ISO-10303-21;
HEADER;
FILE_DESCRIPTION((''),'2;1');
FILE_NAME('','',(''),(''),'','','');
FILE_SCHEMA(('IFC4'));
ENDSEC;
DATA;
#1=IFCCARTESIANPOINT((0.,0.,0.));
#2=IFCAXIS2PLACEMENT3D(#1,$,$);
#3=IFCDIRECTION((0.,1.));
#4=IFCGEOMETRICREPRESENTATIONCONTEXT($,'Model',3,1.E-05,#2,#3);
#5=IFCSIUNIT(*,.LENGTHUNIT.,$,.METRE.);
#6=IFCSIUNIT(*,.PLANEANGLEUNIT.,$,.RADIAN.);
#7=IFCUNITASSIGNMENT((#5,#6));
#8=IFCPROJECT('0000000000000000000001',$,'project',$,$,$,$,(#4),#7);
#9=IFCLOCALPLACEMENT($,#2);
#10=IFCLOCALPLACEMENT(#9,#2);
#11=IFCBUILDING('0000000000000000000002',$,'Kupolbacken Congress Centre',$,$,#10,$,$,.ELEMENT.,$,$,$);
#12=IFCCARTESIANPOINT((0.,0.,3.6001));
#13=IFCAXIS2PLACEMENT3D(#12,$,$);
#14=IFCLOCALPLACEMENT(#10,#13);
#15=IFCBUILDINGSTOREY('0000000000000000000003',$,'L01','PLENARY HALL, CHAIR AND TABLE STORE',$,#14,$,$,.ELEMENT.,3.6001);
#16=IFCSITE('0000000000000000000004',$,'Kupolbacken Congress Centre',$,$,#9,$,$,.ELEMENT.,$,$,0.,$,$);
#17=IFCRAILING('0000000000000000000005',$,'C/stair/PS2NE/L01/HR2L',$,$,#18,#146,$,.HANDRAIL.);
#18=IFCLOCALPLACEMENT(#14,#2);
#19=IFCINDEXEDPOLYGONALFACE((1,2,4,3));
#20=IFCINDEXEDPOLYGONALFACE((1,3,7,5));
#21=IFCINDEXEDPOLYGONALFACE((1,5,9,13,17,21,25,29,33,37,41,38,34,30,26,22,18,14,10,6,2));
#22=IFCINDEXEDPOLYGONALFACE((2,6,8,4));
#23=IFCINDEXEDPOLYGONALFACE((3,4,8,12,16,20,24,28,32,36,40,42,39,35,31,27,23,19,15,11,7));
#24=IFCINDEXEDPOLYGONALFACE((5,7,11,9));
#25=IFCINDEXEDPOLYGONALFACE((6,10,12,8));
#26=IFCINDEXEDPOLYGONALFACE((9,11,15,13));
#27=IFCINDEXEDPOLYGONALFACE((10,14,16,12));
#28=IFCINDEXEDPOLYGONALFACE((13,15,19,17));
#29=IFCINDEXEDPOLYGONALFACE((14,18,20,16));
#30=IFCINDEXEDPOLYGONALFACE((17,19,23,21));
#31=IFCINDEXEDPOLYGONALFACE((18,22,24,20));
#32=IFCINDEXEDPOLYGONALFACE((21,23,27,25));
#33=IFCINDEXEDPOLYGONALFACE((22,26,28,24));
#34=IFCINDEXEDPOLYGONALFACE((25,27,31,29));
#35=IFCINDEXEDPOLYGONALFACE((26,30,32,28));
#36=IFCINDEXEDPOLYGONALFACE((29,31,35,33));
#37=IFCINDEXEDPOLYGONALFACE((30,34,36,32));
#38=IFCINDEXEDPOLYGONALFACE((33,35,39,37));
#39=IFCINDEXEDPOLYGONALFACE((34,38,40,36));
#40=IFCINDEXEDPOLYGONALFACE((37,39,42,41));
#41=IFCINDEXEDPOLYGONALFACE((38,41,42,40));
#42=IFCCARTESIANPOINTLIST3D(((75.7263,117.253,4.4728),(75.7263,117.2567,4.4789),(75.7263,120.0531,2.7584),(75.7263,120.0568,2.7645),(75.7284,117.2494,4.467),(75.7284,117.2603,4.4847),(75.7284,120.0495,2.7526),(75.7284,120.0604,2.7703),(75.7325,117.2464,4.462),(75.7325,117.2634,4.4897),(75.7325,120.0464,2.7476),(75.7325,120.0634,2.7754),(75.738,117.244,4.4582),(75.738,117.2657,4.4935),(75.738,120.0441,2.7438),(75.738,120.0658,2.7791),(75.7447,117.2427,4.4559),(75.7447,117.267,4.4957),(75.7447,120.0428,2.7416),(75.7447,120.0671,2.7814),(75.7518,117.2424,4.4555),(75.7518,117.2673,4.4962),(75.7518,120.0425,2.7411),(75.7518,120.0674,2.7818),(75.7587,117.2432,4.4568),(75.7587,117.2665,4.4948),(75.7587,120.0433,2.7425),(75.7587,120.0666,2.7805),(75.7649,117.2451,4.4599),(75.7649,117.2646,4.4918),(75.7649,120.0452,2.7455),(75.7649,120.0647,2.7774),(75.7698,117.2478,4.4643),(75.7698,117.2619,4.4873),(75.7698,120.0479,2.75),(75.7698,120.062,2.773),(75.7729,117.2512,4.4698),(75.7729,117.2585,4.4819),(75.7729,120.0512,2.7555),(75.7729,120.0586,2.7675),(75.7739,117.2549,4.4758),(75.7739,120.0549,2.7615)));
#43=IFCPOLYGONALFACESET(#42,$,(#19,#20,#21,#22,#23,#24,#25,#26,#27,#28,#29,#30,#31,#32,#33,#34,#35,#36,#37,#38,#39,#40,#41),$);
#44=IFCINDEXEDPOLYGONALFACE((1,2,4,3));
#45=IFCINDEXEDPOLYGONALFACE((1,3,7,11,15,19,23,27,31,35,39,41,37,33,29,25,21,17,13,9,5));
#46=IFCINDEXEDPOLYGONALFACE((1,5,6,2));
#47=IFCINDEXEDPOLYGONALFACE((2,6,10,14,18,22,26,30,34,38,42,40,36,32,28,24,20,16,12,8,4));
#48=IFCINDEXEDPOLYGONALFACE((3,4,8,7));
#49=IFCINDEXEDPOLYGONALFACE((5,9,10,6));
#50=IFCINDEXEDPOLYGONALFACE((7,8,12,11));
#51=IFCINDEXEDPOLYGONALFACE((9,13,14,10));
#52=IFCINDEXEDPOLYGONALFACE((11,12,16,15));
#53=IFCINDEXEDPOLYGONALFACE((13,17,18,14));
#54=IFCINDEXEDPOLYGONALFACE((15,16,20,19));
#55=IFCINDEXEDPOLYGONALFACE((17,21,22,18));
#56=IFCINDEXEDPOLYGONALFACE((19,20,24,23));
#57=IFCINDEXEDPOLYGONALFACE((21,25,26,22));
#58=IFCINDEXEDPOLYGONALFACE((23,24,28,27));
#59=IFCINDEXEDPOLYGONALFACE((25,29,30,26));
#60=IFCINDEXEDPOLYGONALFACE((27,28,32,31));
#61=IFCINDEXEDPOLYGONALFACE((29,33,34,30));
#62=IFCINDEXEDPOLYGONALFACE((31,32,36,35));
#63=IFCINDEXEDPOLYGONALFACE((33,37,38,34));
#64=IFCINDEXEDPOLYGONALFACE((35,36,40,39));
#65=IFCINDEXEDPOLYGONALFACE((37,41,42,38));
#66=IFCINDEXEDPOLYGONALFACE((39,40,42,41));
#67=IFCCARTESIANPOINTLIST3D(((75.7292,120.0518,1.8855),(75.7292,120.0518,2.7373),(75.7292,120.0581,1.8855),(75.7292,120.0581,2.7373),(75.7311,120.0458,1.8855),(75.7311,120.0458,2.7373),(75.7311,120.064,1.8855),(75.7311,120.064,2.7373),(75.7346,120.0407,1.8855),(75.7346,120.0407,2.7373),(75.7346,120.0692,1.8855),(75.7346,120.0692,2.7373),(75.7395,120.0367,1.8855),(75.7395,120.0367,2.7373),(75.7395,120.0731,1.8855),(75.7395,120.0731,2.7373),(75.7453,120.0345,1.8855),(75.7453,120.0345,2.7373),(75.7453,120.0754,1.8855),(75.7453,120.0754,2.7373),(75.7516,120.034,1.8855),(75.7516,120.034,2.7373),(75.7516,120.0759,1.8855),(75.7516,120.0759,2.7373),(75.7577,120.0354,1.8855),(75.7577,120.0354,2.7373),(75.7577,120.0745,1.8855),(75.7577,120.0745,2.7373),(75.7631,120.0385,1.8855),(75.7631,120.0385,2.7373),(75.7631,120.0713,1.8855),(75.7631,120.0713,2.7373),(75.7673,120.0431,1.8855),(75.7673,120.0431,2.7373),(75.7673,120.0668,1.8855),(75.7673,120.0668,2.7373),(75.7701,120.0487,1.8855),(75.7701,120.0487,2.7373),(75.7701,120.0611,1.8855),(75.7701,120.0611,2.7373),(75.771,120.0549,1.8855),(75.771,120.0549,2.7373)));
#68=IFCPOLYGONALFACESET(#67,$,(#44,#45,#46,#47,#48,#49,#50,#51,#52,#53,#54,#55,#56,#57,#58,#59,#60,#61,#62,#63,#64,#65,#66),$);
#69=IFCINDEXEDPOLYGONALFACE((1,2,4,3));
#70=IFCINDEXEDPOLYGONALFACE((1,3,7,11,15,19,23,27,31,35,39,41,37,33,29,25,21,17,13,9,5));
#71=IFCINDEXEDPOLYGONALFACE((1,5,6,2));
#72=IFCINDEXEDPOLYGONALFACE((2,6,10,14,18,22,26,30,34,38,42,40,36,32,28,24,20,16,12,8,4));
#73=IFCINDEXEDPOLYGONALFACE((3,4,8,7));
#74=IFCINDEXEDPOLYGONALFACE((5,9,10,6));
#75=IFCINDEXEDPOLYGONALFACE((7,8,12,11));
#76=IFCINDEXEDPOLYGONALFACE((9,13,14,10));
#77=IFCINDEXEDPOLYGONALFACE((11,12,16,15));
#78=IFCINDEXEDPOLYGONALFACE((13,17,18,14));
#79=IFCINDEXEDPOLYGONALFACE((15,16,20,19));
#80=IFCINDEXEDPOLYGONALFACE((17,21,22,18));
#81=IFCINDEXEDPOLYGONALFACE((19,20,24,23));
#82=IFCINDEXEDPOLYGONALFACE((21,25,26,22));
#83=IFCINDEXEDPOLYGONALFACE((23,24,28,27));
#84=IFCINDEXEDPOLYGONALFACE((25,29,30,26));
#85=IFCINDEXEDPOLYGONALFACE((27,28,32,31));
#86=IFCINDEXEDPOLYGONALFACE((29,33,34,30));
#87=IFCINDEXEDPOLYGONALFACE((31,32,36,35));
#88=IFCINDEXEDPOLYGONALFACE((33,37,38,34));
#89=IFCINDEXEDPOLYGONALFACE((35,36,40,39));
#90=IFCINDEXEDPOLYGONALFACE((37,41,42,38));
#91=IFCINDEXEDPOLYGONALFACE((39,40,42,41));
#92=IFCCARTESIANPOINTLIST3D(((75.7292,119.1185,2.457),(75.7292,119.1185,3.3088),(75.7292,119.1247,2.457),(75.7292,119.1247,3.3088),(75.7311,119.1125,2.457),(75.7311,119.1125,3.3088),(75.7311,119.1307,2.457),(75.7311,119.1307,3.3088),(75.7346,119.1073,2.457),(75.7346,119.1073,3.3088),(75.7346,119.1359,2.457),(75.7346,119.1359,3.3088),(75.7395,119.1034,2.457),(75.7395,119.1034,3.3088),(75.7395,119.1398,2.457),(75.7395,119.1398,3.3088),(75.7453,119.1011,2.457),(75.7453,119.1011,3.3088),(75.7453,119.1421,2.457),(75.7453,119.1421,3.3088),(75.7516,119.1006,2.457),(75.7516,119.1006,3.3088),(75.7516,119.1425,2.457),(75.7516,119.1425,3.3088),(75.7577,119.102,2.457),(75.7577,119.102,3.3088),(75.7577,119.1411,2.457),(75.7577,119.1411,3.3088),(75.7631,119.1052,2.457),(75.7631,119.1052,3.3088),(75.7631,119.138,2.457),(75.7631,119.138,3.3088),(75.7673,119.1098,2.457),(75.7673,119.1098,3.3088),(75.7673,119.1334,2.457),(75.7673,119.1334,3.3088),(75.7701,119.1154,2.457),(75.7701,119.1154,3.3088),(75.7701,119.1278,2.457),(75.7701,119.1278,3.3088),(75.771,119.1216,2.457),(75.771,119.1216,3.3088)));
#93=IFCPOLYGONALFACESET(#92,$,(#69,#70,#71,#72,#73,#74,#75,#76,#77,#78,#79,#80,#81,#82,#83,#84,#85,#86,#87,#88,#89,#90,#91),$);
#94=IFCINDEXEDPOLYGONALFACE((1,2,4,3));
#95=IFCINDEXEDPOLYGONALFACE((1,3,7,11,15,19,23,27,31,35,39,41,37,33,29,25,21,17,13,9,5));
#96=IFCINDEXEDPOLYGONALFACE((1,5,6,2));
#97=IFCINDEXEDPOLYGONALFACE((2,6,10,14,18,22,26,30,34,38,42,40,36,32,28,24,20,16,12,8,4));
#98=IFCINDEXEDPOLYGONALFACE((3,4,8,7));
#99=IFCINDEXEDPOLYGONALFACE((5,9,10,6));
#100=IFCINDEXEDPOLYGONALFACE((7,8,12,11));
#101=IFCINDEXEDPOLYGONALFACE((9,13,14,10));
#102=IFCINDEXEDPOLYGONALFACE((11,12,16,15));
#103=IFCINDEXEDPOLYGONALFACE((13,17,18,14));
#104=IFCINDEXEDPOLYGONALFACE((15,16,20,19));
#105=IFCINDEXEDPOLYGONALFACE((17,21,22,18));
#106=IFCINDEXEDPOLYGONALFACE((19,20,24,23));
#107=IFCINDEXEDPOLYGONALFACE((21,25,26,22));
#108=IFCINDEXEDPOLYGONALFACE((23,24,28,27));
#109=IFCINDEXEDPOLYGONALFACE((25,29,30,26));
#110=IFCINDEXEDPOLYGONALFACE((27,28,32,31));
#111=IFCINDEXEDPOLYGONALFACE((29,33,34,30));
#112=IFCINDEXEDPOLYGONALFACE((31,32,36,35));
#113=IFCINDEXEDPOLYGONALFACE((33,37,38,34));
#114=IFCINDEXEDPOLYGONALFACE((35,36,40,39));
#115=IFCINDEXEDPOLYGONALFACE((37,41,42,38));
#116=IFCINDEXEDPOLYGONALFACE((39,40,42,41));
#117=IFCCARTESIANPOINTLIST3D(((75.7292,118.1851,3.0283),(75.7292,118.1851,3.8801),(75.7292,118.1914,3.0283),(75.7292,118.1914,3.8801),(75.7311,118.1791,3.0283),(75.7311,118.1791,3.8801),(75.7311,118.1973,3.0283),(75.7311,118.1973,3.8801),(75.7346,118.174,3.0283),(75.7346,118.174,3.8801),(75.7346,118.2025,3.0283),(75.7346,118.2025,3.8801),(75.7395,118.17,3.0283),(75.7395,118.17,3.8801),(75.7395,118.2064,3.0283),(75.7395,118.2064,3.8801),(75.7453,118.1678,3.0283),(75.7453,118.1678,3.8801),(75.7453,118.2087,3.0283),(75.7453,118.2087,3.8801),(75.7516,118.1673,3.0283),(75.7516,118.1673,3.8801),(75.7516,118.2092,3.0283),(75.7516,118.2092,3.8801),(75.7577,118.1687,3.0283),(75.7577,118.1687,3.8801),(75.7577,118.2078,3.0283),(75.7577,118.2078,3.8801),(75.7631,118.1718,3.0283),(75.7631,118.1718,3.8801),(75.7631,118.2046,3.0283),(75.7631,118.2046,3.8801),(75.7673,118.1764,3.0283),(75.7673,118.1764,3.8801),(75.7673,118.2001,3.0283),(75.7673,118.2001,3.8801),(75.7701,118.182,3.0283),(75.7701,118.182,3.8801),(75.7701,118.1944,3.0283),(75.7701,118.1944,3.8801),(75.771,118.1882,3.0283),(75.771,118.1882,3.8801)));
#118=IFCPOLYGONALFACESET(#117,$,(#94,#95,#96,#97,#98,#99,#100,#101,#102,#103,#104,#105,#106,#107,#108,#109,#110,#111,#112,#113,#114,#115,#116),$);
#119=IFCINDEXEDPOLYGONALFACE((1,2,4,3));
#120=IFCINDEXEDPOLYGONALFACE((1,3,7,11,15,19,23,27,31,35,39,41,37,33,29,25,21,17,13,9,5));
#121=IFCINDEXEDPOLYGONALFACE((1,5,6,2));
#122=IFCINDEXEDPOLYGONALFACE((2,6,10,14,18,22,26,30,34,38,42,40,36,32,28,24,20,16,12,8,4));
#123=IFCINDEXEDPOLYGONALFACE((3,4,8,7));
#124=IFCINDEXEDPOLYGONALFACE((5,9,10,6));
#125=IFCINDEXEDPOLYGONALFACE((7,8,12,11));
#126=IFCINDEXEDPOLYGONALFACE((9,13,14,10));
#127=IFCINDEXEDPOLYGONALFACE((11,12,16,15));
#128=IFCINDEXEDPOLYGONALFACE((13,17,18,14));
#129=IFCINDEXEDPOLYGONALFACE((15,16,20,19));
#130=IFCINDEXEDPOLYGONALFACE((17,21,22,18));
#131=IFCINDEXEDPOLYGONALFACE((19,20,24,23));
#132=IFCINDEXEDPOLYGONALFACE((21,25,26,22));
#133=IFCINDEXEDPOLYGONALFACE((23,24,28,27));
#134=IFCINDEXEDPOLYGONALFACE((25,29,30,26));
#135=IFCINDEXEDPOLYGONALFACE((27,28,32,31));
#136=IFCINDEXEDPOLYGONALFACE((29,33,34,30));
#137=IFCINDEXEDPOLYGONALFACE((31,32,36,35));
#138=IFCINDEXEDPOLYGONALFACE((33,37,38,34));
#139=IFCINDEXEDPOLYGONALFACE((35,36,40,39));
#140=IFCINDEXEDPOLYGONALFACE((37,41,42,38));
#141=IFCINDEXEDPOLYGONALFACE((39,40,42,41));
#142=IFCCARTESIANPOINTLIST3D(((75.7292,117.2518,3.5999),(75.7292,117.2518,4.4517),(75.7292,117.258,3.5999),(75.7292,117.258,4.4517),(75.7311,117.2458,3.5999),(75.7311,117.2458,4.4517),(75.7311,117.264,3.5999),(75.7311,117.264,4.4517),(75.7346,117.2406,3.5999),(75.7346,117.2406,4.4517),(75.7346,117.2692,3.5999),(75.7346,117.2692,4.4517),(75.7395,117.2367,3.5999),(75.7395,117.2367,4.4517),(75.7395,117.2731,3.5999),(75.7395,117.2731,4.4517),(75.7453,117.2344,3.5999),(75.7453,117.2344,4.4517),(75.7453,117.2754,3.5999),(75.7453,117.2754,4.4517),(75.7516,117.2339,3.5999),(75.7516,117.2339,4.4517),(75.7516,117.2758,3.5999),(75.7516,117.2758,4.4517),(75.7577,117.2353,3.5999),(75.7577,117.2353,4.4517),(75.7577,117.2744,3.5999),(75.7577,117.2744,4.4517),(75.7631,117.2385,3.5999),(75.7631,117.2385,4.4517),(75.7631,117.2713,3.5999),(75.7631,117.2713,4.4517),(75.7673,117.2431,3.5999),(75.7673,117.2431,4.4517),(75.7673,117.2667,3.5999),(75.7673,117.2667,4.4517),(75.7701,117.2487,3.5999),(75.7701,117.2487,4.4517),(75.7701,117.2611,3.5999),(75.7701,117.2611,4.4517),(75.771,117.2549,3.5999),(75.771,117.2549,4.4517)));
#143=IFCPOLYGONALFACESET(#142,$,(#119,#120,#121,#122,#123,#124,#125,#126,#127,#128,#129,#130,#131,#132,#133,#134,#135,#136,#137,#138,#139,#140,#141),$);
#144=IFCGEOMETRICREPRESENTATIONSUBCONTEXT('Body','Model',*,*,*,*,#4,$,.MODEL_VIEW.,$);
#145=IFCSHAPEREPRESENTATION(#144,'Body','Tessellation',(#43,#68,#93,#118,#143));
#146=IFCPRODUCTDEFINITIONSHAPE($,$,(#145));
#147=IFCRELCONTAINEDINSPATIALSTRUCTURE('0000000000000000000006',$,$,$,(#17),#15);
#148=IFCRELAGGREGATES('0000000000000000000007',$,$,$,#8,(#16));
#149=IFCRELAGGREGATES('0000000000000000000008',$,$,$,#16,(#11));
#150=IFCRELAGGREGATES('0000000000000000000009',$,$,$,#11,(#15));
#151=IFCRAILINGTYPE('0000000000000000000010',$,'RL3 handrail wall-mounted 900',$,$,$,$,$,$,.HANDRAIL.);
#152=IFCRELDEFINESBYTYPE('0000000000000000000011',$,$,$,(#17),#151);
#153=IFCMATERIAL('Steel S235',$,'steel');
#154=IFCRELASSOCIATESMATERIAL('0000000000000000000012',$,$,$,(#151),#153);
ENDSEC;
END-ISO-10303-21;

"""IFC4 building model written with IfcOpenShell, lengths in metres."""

from ifc_helpers import new_model, si_unit, direction, frame, origin, origin_2d, place, context, subcontext, project, spatial, circle, extrude, material, type_object, element, save


model = new_model("IFC4")

# Units and contexts
model_context = context("Model", 3, precision=1e-05, world=origin(), true_north=direction((0.0, 1.0)))
body_context = subcontext(model_context, "Body", "Model", "MODEL_VIEW")
ifc_project = project(units=[si_unit("LENGTHUNIT", "METRE"), si_unit("PLANEANGLEUNIT", "RADIAN")], contexts=[model_context])

# Site, building, storey
site_placement = place(None, origin())
site = spatial("IfcSite", under=ifc_project, at=site_placement, Name="Kupolbacken Congress Centre", CompositionType="ELEMENT", RefElevation=0.0)
building_placement = place(site_placement, origin())
building = spatial("IfcBuilding", under=site, at=building_placement, Name="Kupolbacken Congress Centre", CompositionType="ELEMENT")
storey_placement = place(building_placement, frame((0.0, 0.0, 3.6001)))
storey = spatial("IfcBuildingStorey", under=building, at=storey_placement, Name="L01", Description="PLENARY HALL, CHAIR AND TABLE STORE", CompositionType="ELEMENT", Elevation=3.6001)

# Railing
ifc_material_1 = material(Name="Steel S235", Category="steel")
railing_type = type_object("IfcRailingType", Name="RL3 handrail wall-mounted 900", PredefinedType="HANDRAIL", material=ifc_material_1)
for number, where, name in (
    (1, (75.75, 120.0549, 1.8855), "C/stair/PS2NE/L01/HR2L"),
):
    element("IfcRailing", number, at=place(storey_placement, frame(where)), inside=storey, type_object=railing_type, Name=name, PredefinedType="HANDRAIL", context=body_context, shape_type="SweptSolid", body=[
        extrude(circle(Radius=0.0239, at=origin_2d()), frame((0.0, 0.0, 0.876), z_axis=(0.0, -0.852846, 0.522163), x_axis=(1.0, 0.0, 0.0)), (0.0, 0.0, 1.0), 3.2832),
        extrude(circle(Radius=0.021, at=origin_2d()), origin(), (0.0, 0.0, 1.0), 0.8518),
        extrude(circle(Radius=0.021, at=origin_2d()), frame((0.0, -0.9333, 0.5715)), (0.0, 0.0, 1.0), 0.8518),
        extrude(circle(Radius=0.021, at=origin_2d()), frame((0.0, -1.8667, 1.1428)), (0.0, 0.0, 1.0), 0.8518),
        extrude(circle(Radius=0.021, at=origin_2d()), frame((0.0, -2.8, 1.7144)), (0.0, 0.0, 1.0), 0.8518),
    ])

save(model, "model.ifc")
